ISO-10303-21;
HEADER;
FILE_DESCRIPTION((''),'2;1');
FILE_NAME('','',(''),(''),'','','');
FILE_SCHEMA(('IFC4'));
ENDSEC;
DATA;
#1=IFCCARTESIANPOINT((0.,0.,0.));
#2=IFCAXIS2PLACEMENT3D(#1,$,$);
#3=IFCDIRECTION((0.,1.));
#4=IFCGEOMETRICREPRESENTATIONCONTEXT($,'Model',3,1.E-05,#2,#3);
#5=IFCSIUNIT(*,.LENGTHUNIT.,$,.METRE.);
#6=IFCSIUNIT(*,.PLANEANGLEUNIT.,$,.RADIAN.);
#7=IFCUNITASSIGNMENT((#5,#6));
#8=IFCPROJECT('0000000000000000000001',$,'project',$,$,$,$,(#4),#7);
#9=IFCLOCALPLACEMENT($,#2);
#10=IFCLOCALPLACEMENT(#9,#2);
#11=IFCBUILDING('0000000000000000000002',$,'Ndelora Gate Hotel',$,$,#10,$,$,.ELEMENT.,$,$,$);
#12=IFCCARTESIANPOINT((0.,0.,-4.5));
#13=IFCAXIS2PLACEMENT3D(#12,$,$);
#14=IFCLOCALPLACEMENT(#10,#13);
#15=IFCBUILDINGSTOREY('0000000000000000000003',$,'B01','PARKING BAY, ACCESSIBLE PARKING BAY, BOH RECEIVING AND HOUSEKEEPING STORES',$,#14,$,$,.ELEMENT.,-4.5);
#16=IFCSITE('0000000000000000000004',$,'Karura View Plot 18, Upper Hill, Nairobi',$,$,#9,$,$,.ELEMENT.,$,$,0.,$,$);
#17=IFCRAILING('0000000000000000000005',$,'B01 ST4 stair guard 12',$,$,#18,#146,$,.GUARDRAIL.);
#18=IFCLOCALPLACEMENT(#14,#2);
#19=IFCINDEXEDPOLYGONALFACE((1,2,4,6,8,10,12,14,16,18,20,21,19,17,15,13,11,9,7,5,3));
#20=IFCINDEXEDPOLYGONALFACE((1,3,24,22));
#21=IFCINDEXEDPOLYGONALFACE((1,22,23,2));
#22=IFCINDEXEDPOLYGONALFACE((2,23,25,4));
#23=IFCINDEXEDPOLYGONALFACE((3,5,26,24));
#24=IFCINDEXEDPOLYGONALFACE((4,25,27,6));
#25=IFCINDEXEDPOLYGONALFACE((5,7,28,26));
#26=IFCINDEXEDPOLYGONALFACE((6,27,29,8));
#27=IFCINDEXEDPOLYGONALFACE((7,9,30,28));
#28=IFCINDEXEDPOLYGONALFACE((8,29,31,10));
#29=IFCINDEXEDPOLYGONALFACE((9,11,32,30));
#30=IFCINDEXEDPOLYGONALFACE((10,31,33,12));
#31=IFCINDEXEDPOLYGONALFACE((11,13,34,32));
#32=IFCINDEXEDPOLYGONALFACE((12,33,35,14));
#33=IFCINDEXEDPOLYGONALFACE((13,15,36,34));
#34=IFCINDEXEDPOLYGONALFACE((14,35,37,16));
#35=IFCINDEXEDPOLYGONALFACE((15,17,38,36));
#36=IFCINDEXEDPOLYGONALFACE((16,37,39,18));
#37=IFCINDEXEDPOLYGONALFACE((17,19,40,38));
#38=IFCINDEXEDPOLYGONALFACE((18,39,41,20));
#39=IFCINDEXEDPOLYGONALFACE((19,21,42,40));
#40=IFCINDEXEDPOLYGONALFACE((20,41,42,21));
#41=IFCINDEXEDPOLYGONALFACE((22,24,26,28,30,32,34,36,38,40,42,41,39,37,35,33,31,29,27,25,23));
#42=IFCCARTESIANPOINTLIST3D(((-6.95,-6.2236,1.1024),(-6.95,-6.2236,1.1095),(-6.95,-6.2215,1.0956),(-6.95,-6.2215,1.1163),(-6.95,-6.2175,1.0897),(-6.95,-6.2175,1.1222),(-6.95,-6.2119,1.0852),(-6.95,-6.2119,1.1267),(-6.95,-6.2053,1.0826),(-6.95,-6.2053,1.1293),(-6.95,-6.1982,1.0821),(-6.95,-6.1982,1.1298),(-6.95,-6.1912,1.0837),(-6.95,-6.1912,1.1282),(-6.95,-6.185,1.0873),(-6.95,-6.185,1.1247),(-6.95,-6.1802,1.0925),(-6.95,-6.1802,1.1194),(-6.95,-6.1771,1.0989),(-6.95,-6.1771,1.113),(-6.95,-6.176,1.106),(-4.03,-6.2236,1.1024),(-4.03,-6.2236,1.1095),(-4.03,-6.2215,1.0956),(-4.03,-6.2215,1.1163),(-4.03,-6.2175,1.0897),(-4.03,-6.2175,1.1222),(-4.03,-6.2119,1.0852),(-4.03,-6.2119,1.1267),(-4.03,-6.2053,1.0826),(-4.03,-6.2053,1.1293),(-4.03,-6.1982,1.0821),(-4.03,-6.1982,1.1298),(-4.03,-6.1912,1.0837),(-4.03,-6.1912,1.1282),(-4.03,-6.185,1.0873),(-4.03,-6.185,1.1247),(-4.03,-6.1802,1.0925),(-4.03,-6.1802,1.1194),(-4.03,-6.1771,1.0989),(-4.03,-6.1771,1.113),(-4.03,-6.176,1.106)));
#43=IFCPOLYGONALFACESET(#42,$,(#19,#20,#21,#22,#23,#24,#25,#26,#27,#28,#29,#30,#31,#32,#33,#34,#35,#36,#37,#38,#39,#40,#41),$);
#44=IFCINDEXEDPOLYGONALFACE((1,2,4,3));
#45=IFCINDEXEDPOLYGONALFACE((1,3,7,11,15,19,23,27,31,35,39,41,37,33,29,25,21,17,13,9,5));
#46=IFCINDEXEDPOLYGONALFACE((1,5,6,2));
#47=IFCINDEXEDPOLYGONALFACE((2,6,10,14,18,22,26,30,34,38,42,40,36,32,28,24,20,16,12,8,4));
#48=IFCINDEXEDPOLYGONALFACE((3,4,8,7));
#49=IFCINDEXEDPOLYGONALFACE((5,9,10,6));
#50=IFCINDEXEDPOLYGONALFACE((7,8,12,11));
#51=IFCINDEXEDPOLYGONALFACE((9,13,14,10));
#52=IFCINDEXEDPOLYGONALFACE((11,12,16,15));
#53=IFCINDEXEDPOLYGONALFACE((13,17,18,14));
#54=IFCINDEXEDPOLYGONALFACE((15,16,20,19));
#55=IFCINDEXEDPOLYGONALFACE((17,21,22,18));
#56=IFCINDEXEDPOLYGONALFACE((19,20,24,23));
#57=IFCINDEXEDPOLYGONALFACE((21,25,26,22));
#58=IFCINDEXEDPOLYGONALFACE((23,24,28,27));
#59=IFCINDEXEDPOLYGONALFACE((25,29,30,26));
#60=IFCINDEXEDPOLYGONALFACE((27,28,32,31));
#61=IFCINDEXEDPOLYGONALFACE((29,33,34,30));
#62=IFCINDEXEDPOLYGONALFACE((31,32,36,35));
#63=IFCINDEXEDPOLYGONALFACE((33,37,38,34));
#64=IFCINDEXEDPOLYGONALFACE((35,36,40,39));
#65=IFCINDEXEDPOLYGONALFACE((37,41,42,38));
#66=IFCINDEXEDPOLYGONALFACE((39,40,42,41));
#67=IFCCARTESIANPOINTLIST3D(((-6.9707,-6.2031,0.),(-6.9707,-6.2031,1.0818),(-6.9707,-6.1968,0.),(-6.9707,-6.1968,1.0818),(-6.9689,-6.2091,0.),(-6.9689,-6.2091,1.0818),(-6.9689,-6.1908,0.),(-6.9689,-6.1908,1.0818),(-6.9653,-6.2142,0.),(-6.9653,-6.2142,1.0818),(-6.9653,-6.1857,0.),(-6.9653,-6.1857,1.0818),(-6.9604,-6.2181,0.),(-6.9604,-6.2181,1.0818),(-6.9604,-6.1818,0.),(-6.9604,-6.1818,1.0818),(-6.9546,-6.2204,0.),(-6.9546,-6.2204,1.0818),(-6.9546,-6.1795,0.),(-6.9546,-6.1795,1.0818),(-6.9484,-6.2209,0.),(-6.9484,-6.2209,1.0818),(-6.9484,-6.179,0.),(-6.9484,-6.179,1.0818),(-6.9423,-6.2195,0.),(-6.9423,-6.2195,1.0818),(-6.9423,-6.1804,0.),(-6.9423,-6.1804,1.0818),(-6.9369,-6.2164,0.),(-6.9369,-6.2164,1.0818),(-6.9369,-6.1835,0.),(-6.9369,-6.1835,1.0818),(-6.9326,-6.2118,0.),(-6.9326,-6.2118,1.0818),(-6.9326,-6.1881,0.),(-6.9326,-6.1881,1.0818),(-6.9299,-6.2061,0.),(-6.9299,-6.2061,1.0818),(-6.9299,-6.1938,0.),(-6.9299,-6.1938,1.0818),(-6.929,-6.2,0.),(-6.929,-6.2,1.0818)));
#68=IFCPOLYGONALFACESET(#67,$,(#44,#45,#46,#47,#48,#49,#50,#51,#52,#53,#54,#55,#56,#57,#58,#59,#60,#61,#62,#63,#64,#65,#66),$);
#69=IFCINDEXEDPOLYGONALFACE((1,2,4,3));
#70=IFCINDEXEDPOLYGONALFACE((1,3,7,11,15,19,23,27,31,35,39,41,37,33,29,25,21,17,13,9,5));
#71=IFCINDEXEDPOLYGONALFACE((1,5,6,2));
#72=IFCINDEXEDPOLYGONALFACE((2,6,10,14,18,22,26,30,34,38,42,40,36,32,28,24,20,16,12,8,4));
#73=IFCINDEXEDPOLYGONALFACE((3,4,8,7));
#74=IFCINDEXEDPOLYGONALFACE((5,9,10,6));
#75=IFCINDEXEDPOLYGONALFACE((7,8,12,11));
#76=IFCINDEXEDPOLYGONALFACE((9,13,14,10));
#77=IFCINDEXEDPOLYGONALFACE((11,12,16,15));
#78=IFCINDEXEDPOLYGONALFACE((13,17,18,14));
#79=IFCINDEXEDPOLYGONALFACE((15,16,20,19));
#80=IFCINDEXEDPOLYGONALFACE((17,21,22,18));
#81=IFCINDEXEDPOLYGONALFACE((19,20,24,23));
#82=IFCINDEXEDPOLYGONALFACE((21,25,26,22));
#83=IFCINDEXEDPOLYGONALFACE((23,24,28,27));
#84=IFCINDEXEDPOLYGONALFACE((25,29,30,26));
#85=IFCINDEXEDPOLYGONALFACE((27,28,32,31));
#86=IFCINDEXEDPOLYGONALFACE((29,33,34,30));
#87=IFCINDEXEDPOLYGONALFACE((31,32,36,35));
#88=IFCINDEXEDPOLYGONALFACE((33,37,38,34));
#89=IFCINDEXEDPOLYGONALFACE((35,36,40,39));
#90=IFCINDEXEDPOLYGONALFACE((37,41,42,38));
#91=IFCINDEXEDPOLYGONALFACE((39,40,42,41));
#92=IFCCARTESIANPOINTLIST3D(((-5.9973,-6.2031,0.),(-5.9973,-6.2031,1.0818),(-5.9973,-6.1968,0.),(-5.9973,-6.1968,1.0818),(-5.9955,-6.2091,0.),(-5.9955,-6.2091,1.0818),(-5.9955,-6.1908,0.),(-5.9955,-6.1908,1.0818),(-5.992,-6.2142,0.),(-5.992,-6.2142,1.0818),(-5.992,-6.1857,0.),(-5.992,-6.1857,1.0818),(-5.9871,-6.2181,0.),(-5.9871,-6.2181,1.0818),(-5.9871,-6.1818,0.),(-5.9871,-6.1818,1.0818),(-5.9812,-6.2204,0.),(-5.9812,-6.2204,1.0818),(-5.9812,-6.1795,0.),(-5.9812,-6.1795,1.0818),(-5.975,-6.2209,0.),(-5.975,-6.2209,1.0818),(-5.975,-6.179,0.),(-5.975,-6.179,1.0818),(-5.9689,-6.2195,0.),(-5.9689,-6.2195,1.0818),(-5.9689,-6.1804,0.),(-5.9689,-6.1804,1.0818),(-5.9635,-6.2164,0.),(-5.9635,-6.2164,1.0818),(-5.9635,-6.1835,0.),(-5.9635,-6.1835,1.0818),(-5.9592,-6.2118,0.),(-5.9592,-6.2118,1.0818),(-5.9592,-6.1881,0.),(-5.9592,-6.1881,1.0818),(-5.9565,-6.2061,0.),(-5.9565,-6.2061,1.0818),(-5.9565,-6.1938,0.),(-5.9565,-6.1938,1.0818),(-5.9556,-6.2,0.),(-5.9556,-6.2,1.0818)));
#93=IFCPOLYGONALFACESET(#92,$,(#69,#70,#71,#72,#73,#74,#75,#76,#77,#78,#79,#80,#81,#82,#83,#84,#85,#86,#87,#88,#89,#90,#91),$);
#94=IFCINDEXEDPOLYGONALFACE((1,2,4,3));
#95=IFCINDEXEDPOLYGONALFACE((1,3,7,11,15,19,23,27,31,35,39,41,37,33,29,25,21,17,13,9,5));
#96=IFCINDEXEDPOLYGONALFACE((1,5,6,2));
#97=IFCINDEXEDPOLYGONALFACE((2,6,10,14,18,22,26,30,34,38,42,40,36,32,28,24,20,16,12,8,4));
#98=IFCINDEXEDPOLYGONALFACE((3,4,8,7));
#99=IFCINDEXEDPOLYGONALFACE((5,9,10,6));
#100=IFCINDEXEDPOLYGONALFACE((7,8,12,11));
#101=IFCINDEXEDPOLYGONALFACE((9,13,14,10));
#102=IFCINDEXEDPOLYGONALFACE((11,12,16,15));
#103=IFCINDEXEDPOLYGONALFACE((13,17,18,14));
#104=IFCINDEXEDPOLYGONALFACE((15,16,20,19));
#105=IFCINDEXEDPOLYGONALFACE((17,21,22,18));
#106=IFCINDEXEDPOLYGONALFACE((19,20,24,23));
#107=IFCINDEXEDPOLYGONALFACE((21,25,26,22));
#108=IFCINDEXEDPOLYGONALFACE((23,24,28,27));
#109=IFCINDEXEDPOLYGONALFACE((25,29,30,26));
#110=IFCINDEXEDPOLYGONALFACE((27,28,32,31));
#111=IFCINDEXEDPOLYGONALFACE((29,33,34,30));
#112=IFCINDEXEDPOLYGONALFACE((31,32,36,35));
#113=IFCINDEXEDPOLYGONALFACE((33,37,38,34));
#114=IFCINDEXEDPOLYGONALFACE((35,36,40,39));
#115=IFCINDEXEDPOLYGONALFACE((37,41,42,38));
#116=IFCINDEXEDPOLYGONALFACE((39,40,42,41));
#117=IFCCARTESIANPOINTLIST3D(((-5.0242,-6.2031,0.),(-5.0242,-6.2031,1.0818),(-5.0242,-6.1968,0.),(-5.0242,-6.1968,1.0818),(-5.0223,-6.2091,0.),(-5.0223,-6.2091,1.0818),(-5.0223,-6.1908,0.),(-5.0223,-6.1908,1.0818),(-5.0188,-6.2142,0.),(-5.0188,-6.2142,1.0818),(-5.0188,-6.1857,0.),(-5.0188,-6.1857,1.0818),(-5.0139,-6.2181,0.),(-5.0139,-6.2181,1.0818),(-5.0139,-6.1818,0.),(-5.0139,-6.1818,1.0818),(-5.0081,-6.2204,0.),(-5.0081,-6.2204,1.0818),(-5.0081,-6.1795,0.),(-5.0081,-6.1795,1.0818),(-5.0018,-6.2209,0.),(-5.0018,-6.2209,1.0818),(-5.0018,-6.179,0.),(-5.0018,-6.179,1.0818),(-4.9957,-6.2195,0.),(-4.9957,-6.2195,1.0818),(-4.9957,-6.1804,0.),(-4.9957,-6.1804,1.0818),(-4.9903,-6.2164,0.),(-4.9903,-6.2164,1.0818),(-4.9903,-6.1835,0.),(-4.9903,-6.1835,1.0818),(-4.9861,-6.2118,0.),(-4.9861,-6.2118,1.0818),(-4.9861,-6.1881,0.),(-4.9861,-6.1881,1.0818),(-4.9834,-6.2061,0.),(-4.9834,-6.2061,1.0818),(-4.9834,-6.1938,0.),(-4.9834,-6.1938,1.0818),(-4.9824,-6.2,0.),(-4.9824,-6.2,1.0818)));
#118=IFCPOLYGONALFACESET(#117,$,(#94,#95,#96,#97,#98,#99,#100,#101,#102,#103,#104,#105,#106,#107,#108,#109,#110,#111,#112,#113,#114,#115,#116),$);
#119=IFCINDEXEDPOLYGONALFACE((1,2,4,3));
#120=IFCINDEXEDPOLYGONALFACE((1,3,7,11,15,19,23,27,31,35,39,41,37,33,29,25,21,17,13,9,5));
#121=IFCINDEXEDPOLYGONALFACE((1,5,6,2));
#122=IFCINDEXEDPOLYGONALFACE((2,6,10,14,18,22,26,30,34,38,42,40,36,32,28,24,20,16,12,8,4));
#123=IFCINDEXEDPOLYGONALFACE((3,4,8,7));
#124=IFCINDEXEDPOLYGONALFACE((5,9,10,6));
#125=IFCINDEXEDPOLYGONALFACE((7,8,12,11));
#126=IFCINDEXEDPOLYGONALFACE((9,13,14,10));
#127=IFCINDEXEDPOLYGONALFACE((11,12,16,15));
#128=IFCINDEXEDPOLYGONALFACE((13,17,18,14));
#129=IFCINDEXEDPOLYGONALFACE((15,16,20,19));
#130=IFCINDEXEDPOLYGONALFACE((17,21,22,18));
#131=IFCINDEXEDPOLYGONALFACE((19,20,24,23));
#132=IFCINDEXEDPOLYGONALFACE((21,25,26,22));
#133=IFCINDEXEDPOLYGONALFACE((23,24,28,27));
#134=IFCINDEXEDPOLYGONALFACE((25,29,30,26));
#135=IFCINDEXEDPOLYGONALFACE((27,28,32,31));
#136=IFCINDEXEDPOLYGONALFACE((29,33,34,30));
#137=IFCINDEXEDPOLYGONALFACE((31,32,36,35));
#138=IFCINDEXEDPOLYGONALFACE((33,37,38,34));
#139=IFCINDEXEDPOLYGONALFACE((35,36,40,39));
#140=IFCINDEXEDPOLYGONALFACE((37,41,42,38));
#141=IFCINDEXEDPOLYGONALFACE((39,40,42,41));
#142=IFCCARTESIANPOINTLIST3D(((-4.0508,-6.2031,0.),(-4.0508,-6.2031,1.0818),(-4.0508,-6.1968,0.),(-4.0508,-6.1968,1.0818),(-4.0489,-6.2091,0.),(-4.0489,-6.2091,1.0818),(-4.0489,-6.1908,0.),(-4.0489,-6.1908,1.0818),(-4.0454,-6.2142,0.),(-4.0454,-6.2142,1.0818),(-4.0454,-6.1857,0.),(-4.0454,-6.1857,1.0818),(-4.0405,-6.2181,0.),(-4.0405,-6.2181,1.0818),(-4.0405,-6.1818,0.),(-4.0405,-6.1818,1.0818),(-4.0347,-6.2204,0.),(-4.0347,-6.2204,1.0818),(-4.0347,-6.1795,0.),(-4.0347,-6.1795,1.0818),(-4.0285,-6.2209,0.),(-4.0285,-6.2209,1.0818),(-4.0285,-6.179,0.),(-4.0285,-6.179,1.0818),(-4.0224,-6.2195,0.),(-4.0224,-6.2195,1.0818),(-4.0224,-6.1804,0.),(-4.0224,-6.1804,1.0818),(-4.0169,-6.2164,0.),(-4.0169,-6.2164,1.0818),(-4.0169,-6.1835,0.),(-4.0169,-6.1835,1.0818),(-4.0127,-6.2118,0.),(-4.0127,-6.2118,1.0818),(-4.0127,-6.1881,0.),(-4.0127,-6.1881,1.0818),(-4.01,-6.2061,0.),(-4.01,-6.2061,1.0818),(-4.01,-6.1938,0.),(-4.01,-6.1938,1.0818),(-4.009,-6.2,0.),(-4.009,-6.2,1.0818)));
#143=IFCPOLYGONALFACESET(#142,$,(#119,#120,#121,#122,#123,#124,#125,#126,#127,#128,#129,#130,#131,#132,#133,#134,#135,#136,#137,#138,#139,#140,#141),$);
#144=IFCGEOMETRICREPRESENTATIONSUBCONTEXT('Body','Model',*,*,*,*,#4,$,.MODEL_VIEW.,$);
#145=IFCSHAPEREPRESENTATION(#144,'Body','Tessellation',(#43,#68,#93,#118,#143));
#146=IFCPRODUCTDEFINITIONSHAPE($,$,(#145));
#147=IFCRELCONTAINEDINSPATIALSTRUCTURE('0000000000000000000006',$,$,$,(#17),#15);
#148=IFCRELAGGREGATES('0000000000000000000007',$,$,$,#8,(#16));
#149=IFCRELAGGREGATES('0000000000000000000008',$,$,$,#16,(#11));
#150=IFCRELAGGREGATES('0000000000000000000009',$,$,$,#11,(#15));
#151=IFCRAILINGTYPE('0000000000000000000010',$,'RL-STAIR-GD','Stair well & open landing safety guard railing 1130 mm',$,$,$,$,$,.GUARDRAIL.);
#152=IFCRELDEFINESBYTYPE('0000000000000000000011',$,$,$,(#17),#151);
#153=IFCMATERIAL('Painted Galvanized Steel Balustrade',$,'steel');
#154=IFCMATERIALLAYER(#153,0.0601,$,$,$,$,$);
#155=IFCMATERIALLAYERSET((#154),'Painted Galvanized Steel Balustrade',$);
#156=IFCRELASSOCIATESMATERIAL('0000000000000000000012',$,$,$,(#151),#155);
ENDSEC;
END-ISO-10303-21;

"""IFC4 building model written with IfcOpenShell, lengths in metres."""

from ifc_helpers import new_model, si_unit, direction, frame, origin, origin_2d, place, context, subcontext, project, spatial, circle, extrude, material, layer, layer_set, type_object, element, save


model = new_model("IFC4")

# Units and contexts
model_context = context("Model", 3, precision=1e-05, world=origin(), true_north=direction((0.0, 1.0)))
body_context = subcontext(model_context, "Body", "Model", "MODEL_VIEW")
ifc_project = project(units=[si_unit("LENGTHUNIT", "METRE"), si_unit("PLANEANGLEUNIT", "RADIAN")], contexts=[model_context])

# Site, building, storey
site_placement = place(None, origin())
site = spatial("IfcSite", under=ifc_project, at=site_placement, Name="Karura View Plot 18, Upper Hill, Nairobi", CompositionType="ELEMENT", RefElevation=0.0)
building_placement = place(site_placement, origin())
building = spatial("IfcBuilding", under=site, at=building_placement, Name="Ndelora Gate Hotel", CompositionType="ELEMENT")
storey_placement = place(building_placement, frame((0.0, 0.0, -4.5)))
storey = spatial("IfcBuildingStorey", under=building, at=storey_placement, Name="B01", Description="PARKING BAY, ACCESSIBLE PARKING BAY, BOH RECEIVING AND HOUSEKEEPING STORES", CompositionType="ELEMENT", Elevation=-4.5)

# Railing
ifc_material_1 = material(Name="Painted Galvanized Steel Balustrade", Category="steel")
ifc_layer_1 = layer(ifc_material_1, 0.0601)
ifc_layer_set_1 = layer_set([ifc_layer_1], Name="Painted Galvanized Steel Balustrade")
railing_type_1 = type_object("IfcRailingType", Name="RL-STAIR-GD", Description="Stair well & open landing safety guard railing 1130 mm", PredefinedType="GUARDRAIL", material=ifc_layer_set_1)
railing_1_placement = place(storey_placement, frame((-6.95, -6.2, 0.0)))
element("IfcRailing", 1, at=railing_1_placement, inside=storey, type_object=railing_type_1, Name="B01 ST4 stair guard 12", PredefinedType="GUARDRAIL", context=body_context, shape_type="SweptSolid", body=[
    extrude(circle(Radius=0.0239, at=origin_2d()), frame((0.0, 0.0, 1.106), z_axis=(1.0, 0.0, 0.0), x_axis=(0.0, 1.0, 0.0)), (0.0, 0.0, 1.0), 2.9199),
    extrude(circle(Radius=0.021, at=origin_2d()), origin(), (0.0, 0.0, 1.0), 1.0818),
    extrude(circle(Radius=0.021, at=origin_2d()), frame((0.9734, 0.0, 0.0)), (0.0, 0.0, 1.0), 1.0818),
    extrude(circle(Radius=0.021, at=origin_2d()), frame((1.9465, 0.0, 0.0)), (0.0, 0.0, 1.0), 1.0818),
    extrude(circle(Radius=0.021, at=origin_2d()), frame((2.9199, 0.0, 0.0)), (0.0, 0.0, 1.0), 1.0818),
])

save(model, "model.ifc")
